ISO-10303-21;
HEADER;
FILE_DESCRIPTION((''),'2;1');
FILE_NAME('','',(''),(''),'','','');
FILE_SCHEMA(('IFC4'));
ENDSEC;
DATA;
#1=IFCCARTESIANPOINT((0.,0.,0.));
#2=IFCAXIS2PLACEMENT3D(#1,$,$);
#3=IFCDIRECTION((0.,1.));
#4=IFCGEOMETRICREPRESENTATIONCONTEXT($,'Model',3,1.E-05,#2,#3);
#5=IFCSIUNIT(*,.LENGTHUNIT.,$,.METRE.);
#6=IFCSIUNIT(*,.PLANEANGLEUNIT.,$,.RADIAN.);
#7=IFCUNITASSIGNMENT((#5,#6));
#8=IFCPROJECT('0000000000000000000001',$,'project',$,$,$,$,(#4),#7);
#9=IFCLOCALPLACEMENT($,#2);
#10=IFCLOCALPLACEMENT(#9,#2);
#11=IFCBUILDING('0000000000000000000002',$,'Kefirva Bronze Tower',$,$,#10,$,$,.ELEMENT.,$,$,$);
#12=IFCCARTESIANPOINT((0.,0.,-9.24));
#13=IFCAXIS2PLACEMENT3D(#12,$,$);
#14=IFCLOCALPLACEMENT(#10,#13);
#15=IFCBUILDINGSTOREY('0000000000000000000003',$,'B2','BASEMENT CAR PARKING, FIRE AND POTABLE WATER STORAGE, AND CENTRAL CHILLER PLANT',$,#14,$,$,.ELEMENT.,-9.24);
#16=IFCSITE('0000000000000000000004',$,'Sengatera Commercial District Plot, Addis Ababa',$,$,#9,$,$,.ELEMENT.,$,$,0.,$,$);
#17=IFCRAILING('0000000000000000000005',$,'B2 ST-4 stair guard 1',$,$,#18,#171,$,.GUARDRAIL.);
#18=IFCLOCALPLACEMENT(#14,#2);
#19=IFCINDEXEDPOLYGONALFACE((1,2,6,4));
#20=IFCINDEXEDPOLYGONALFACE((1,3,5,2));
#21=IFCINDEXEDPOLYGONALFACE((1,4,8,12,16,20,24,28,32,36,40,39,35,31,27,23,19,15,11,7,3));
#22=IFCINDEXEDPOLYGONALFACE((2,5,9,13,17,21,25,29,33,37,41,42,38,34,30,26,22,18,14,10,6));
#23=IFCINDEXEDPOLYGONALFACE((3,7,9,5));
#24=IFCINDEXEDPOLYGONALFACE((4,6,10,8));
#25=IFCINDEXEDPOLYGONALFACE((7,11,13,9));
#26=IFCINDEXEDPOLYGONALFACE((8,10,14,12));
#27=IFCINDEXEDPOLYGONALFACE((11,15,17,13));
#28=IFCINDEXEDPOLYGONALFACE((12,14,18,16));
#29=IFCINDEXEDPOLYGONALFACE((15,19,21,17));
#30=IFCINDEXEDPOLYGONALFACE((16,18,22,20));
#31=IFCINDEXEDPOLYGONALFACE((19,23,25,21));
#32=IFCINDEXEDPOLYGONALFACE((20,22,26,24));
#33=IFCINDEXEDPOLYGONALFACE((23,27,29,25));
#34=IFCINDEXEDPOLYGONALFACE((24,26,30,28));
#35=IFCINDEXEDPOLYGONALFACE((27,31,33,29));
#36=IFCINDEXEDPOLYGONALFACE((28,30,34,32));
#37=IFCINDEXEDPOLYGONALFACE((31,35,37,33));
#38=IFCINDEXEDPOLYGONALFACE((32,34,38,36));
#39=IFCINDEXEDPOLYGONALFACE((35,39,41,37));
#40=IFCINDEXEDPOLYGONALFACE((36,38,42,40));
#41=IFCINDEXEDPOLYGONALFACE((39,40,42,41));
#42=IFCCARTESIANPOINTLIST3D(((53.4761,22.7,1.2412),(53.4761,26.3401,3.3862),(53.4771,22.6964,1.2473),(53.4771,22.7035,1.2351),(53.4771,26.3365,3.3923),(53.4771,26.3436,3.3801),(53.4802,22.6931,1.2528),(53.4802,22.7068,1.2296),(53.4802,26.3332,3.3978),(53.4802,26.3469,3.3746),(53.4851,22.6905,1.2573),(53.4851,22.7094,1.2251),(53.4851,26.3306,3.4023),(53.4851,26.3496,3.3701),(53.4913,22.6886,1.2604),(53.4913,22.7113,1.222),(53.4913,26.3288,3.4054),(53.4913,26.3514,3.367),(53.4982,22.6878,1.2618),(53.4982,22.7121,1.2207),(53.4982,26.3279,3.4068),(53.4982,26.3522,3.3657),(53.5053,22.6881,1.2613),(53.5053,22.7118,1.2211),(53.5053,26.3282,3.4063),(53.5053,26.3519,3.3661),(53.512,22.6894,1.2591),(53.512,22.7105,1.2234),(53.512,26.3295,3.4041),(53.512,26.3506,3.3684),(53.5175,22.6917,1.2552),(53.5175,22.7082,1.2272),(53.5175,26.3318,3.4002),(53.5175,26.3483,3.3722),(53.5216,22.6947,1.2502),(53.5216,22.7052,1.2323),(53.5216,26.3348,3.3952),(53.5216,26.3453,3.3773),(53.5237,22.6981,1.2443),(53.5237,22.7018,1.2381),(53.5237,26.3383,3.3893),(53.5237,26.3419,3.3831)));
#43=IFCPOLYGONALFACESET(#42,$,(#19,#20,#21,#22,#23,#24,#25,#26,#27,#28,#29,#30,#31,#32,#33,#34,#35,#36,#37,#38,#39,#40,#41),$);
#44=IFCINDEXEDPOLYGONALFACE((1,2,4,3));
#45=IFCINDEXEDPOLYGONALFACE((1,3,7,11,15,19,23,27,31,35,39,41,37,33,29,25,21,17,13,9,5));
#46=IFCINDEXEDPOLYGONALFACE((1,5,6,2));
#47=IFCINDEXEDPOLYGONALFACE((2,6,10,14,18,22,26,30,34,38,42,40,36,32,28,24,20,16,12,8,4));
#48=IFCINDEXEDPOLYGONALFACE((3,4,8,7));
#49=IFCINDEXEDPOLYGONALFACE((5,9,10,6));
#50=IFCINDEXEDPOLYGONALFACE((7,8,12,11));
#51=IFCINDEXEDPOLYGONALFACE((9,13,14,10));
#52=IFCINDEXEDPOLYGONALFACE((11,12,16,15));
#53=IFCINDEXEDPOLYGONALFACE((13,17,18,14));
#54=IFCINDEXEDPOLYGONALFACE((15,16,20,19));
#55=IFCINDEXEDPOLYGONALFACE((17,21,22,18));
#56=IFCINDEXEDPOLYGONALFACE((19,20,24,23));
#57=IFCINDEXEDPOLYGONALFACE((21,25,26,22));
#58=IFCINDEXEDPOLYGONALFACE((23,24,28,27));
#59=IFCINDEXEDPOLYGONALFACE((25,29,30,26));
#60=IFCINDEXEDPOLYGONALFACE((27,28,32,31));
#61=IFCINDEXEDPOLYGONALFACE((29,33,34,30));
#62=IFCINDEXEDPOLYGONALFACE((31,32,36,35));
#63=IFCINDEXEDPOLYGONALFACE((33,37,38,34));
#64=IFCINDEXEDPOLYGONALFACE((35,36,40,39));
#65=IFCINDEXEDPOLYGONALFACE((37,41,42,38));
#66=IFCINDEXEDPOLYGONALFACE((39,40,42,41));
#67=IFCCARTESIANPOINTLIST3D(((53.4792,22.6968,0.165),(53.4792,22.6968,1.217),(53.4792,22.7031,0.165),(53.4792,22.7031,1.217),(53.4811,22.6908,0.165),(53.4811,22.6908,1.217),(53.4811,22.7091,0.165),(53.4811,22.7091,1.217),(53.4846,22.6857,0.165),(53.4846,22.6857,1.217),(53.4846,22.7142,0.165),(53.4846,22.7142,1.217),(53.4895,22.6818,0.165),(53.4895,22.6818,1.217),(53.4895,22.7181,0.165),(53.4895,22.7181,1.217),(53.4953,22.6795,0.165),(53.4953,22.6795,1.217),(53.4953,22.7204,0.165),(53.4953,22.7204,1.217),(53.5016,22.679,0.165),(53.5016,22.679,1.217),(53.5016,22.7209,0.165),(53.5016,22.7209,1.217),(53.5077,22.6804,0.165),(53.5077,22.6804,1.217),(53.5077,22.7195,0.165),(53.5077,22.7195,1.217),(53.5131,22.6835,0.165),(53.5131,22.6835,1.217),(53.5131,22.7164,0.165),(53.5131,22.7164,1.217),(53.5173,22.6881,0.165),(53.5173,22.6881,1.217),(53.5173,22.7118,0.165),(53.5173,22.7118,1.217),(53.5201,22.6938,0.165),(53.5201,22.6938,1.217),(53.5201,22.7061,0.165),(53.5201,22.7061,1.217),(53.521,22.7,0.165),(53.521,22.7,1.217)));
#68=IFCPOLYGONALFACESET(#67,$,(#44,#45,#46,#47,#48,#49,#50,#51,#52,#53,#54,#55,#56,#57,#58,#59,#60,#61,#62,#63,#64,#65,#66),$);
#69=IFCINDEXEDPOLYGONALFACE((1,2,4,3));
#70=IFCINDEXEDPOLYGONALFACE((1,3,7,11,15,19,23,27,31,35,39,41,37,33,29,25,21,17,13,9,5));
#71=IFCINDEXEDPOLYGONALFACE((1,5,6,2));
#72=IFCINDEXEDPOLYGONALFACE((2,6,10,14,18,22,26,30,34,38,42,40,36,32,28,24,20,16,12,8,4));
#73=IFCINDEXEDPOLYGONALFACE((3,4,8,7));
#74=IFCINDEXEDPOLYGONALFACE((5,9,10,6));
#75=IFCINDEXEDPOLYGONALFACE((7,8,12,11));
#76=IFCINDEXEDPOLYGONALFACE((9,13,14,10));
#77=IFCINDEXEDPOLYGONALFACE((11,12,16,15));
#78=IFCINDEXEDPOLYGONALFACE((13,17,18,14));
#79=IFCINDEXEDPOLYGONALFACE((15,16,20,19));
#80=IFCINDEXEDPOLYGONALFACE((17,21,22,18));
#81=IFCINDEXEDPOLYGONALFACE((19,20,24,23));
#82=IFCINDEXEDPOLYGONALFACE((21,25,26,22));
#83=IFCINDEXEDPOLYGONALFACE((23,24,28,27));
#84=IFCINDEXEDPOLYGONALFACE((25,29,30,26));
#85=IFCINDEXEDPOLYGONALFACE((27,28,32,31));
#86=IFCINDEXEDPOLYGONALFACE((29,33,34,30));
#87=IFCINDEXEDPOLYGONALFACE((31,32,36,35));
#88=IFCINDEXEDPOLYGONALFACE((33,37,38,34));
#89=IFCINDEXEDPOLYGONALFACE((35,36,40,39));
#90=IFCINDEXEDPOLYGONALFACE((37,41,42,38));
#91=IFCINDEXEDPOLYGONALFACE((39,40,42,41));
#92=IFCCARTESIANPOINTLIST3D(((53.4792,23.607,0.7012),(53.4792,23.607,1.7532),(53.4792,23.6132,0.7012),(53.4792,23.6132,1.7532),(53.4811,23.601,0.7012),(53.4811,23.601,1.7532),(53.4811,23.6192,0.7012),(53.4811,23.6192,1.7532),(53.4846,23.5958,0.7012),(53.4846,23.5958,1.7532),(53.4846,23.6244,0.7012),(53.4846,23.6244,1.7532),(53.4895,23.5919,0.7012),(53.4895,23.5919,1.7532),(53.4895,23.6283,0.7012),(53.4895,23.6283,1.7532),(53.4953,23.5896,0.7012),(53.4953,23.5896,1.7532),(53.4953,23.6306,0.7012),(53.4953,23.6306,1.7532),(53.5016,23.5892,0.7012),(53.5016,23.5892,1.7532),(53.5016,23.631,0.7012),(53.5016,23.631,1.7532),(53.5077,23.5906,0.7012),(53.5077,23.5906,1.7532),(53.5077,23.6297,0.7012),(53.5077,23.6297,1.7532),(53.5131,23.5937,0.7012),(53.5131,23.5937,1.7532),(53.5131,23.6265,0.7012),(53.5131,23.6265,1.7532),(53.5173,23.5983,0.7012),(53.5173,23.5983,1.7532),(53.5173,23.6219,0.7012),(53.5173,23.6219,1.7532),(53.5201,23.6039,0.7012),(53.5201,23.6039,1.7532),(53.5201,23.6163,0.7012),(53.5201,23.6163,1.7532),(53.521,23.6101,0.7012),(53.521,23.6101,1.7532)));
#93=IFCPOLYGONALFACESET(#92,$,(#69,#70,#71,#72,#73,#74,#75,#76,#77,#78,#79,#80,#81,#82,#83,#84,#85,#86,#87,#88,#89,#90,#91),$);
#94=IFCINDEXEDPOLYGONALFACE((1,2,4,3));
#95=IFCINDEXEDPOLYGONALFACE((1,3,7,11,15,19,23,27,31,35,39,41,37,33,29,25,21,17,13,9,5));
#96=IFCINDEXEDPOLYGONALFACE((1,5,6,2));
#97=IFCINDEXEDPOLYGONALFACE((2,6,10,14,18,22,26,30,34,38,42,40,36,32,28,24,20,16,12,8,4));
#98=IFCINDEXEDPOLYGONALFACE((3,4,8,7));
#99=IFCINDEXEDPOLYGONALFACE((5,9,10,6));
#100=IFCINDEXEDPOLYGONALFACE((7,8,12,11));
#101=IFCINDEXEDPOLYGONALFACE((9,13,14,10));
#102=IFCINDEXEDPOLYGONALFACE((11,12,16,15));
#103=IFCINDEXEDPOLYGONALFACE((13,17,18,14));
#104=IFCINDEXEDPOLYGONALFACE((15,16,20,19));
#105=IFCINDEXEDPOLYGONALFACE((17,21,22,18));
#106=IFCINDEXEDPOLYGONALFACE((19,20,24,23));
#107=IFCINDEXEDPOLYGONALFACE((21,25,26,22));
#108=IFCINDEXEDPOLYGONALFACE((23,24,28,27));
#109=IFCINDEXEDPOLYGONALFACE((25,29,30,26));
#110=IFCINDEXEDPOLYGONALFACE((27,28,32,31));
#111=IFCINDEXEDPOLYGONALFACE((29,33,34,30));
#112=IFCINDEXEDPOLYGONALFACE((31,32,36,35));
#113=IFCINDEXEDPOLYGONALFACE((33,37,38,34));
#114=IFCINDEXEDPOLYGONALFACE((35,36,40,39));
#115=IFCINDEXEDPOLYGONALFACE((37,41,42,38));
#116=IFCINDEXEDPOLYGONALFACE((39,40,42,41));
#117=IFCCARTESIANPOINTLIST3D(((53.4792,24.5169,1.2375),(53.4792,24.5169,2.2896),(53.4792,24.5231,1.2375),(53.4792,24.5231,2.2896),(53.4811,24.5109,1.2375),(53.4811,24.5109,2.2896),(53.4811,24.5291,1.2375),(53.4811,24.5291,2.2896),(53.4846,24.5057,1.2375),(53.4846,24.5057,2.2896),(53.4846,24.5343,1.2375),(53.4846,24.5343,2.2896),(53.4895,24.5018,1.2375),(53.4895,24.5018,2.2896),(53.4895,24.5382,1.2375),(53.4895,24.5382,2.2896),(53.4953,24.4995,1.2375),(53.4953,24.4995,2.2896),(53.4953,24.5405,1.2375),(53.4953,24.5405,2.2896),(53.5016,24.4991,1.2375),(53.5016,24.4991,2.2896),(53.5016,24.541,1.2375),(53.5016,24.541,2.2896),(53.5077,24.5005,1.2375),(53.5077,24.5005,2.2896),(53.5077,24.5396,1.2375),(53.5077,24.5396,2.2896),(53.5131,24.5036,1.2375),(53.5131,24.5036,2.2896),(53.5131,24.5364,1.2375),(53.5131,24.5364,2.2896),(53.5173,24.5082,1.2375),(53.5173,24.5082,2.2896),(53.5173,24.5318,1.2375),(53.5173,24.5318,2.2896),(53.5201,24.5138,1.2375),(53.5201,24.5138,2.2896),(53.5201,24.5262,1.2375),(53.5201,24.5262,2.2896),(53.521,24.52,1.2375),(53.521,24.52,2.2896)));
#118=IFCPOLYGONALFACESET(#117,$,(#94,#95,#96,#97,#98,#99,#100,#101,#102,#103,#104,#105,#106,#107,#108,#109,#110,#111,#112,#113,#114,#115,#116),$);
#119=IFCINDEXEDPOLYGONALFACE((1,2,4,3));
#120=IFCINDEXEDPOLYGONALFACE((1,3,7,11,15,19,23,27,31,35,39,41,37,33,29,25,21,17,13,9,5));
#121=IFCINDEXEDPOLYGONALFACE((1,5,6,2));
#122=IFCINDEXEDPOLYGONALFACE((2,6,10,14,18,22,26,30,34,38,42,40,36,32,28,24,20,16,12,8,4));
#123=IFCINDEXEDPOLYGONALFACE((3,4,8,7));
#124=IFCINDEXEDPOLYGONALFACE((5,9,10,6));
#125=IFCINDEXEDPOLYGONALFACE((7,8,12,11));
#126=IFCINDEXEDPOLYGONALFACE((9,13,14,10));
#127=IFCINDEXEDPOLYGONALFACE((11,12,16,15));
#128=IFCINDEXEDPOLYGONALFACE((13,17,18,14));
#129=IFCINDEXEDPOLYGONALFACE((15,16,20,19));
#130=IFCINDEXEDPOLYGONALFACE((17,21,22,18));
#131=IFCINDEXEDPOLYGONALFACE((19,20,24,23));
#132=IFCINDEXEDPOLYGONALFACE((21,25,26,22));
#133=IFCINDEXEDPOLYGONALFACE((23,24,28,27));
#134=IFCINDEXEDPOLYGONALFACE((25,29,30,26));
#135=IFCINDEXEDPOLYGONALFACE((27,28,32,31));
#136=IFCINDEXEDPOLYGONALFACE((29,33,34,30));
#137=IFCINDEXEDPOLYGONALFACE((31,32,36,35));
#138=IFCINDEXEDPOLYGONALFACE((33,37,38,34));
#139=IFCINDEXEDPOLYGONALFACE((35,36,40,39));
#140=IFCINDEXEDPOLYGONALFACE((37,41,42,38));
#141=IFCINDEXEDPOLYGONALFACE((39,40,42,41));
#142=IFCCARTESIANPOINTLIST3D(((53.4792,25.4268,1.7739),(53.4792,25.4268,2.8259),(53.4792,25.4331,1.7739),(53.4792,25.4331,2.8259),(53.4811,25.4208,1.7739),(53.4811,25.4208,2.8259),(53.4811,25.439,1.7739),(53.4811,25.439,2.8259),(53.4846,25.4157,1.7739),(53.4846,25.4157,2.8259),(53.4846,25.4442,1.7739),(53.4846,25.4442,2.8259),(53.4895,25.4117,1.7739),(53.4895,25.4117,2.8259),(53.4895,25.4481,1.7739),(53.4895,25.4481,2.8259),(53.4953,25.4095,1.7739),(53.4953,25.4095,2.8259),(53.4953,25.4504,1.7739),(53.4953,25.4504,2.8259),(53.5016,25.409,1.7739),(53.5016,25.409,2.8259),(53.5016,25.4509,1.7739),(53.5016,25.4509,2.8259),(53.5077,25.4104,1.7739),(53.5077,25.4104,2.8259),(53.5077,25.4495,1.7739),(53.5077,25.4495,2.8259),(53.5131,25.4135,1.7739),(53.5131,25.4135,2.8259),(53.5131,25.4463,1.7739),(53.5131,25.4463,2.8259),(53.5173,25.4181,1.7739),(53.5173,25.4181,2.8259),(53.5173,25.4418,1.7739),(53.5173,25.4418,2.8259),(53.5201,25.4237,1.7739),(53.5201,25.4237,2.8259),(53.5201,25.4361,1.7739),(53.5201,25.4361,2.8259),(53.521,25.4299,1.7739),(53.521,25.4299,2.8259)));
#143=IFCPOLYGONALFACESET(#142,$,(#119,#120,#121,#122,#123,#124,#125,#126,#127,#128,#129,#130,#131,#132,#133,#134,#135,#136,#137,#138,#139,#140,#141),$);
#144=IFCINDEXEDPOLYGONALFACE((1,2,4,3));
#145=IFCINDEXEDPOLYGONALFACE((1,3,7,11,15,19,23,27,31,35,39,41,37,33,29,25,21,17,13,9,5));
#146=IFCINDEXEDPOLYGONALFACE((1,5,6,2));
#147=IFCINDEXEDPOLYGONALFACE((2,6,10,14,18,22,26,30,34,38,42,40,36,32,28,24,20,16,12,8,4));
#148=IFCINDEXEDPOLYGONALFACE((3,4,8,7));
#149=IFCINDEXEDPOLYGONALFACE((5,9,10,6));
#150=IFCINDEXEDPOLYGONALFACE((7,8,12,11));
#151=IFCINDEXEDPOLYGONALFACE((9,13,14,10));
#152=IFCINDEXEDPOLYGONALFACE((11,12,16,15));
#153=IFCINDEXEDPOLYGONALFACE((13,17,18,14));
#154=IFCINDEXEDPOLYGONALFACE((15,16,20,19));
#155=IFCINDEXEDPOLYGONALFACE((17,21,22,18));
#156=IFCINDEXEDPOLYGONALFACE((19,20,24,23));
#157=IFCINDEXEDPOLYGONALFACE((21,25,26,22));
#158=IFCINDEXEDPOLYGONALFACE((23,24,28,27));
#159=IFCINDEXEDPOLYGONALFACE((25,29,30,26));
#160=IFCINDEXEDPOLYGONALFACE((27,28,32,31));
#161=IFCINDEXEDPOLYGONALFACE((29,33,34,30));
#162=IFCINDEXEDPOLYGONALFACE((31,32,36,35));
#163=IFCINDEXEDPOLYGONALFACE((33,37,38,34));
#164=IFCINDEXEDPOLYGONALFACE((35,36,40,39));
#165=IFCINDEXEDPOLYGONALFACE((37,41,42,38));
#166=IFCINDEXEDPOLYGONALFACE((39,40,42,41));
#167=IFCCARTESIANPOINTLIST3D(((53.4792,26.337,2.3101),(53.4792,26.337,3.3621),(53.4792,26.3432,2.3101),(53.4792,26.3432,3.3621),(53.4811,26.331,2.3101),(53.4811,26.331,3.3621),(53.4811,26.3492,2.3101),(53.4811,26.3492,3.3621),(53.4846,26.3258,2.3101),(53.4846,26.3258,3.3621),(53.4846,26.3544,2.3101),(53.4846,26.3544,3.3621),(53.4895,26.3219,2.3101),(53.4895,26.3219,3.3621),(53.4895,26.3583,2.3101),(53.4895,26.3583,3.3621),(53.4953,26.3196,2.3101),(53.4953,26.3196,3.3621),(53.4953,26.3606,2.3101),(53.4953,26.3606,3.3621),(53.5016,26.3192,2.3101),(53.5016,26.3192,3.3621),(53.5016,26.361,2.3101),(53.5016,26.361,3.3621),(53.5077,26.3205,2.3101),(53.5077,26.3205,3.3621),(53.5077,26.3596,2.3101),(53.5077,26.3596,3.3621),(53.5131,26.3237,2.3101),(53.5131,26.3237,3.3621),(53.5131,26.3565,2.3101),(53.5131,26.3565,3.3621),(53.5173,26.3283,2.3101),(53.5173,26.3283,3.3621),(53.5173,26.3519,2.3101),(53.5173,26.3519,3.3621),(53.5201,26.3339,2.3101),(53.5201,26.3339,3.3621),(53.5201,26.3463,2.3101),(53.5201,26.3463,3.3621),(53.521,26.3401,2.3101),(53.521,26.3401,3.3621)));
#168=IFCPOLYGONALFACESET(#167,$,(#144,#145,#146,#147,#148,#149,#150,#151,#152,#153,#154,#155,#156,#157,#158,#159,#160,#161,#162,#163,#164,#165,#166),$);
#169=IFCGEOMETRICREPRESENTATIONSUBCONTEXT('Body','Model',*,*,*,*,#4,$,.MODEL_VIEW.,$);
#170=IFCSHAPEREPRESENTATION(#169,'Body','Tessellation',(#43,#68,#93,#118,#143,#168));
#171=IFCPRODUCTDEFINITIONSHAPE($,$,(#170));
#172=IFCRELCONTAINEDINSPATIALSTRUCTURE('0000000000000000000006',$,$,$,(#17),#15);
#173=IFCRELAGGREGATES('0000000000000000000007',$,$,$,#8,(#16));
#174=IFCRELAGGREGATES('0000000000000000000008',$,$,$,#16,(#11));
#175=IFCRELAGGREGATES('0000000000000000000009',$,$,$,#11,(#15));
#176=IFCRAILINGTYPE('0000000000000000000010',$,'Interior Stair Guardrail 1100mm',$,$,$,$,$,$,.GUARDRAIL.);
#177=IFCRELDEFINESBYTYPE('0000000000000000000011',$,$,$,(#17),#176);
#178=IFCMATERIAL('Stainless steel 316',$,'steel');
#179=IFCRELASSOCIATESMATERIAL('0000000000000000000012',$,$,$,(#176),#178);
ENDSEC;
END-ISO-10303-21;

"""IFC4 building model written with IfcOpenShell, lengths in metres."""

from ifc_helpers import new_model, si_unit, direction, frame, origin, origin_2d, place, context, subcontext, project, spatial, circle, extrude, material, type_object, element, save


model = new_model("IFC4")

# Units and contexts
model_context = context("Model", 3, precision=1e-05, world=origin(), true_north=direction((0.0, 1.0)))
body_context = subcontext(model_context, "Body", "Model", "MODEL_VIEW")
ifc_project = project(units=[si_unit("LENGTHUNIT", "METRE"), si_unit("PLANEANGLEUNIT", "RADIAN")], contexts=[model_context])

# Site, building, storey
site_placement = place(None, origin())
site = spatial("IfcSite", under=ifc_project, at=site_placement, Name="Sengatera Commercial District Plot, Addis Ababa", CompositionType="ELEMENT", RefElevation=0.0)
building_placement = place(site_placement, origin())
building = spatial("IfcBuilding", under=site, at=building_placement, Name="Kefirva Bronze Tower", CompositionType="ELEMENT")
storey_placement = place(building_placement, frame((0.0, 0.0, -9.24)))
storey = spatial("IfcBuildingStorey", under=building, at=storey_placement, Name="B2", Description="BASEMENT CAR PARKING, FIRE AND POTABLE WATER STORAGE, AND CENTRAL CHILLER PLANT", CompositionType="ELEMENT", Elevation=-9.24)

# Railing
ifc_material_1 = material(Name="Stainless steel 316", Category="steel")
railing_type_1 = type_object("IfcRailingType", Name="Interior Stair Guardrail 1100mm", PredefinedType="GUARDRAIL", material=ifc_material_1)
railing_1_placement = place(storey_placement, frame((53.5, 22.7, 0.165)))
element("IfcRailing", 1, at=railing_1_placement, inside=storey, type_object=railing_type_1, Name="B2 ST-4 stair guard 1", PredefinedType="GUARDRAIL", context=body_context, shape_type="SweptSolid", body=[
    extrude(circle(Radius=0.0239, at=origin_2d()), frame((0.0, 0.0, 1.0762), z_axis=(0.0, 0.861545, 0.507682), x_axis=(-1.0, 0.0, 0.0)), (0.0, 0.0, 1.0), 4.2251),
    extrude(circle(Radius=0.021, at=origin_2d()), origin(), (0.0, 0.0, 1.0), 1.052),
    extrude(circle(Radius=0.021, at=origin_2d()), frame((0.0, 0.9102, 0.5361)), (0.0, 0.0, 1.0), 1.052),
    extrude(circle(Radius=0.021, at=origin_2d()), frame((0.0, 1.8201, 1.0725)), (0.0, 0.0, 1.0), 1.052),
    extrude(circle(Radius=0.021, at=origin_2d()), frame((0.0, 2.73, 1.6089)), (0.0, 0.0, 1.0), 1.052),
    extrude(circle(Radius=0.021, at=origin_2d()), frame((0.0, 3.6401, 2.145)), (0.0, 0.0, 1.0), 1.052),
])

save(model, "model.ifc")
